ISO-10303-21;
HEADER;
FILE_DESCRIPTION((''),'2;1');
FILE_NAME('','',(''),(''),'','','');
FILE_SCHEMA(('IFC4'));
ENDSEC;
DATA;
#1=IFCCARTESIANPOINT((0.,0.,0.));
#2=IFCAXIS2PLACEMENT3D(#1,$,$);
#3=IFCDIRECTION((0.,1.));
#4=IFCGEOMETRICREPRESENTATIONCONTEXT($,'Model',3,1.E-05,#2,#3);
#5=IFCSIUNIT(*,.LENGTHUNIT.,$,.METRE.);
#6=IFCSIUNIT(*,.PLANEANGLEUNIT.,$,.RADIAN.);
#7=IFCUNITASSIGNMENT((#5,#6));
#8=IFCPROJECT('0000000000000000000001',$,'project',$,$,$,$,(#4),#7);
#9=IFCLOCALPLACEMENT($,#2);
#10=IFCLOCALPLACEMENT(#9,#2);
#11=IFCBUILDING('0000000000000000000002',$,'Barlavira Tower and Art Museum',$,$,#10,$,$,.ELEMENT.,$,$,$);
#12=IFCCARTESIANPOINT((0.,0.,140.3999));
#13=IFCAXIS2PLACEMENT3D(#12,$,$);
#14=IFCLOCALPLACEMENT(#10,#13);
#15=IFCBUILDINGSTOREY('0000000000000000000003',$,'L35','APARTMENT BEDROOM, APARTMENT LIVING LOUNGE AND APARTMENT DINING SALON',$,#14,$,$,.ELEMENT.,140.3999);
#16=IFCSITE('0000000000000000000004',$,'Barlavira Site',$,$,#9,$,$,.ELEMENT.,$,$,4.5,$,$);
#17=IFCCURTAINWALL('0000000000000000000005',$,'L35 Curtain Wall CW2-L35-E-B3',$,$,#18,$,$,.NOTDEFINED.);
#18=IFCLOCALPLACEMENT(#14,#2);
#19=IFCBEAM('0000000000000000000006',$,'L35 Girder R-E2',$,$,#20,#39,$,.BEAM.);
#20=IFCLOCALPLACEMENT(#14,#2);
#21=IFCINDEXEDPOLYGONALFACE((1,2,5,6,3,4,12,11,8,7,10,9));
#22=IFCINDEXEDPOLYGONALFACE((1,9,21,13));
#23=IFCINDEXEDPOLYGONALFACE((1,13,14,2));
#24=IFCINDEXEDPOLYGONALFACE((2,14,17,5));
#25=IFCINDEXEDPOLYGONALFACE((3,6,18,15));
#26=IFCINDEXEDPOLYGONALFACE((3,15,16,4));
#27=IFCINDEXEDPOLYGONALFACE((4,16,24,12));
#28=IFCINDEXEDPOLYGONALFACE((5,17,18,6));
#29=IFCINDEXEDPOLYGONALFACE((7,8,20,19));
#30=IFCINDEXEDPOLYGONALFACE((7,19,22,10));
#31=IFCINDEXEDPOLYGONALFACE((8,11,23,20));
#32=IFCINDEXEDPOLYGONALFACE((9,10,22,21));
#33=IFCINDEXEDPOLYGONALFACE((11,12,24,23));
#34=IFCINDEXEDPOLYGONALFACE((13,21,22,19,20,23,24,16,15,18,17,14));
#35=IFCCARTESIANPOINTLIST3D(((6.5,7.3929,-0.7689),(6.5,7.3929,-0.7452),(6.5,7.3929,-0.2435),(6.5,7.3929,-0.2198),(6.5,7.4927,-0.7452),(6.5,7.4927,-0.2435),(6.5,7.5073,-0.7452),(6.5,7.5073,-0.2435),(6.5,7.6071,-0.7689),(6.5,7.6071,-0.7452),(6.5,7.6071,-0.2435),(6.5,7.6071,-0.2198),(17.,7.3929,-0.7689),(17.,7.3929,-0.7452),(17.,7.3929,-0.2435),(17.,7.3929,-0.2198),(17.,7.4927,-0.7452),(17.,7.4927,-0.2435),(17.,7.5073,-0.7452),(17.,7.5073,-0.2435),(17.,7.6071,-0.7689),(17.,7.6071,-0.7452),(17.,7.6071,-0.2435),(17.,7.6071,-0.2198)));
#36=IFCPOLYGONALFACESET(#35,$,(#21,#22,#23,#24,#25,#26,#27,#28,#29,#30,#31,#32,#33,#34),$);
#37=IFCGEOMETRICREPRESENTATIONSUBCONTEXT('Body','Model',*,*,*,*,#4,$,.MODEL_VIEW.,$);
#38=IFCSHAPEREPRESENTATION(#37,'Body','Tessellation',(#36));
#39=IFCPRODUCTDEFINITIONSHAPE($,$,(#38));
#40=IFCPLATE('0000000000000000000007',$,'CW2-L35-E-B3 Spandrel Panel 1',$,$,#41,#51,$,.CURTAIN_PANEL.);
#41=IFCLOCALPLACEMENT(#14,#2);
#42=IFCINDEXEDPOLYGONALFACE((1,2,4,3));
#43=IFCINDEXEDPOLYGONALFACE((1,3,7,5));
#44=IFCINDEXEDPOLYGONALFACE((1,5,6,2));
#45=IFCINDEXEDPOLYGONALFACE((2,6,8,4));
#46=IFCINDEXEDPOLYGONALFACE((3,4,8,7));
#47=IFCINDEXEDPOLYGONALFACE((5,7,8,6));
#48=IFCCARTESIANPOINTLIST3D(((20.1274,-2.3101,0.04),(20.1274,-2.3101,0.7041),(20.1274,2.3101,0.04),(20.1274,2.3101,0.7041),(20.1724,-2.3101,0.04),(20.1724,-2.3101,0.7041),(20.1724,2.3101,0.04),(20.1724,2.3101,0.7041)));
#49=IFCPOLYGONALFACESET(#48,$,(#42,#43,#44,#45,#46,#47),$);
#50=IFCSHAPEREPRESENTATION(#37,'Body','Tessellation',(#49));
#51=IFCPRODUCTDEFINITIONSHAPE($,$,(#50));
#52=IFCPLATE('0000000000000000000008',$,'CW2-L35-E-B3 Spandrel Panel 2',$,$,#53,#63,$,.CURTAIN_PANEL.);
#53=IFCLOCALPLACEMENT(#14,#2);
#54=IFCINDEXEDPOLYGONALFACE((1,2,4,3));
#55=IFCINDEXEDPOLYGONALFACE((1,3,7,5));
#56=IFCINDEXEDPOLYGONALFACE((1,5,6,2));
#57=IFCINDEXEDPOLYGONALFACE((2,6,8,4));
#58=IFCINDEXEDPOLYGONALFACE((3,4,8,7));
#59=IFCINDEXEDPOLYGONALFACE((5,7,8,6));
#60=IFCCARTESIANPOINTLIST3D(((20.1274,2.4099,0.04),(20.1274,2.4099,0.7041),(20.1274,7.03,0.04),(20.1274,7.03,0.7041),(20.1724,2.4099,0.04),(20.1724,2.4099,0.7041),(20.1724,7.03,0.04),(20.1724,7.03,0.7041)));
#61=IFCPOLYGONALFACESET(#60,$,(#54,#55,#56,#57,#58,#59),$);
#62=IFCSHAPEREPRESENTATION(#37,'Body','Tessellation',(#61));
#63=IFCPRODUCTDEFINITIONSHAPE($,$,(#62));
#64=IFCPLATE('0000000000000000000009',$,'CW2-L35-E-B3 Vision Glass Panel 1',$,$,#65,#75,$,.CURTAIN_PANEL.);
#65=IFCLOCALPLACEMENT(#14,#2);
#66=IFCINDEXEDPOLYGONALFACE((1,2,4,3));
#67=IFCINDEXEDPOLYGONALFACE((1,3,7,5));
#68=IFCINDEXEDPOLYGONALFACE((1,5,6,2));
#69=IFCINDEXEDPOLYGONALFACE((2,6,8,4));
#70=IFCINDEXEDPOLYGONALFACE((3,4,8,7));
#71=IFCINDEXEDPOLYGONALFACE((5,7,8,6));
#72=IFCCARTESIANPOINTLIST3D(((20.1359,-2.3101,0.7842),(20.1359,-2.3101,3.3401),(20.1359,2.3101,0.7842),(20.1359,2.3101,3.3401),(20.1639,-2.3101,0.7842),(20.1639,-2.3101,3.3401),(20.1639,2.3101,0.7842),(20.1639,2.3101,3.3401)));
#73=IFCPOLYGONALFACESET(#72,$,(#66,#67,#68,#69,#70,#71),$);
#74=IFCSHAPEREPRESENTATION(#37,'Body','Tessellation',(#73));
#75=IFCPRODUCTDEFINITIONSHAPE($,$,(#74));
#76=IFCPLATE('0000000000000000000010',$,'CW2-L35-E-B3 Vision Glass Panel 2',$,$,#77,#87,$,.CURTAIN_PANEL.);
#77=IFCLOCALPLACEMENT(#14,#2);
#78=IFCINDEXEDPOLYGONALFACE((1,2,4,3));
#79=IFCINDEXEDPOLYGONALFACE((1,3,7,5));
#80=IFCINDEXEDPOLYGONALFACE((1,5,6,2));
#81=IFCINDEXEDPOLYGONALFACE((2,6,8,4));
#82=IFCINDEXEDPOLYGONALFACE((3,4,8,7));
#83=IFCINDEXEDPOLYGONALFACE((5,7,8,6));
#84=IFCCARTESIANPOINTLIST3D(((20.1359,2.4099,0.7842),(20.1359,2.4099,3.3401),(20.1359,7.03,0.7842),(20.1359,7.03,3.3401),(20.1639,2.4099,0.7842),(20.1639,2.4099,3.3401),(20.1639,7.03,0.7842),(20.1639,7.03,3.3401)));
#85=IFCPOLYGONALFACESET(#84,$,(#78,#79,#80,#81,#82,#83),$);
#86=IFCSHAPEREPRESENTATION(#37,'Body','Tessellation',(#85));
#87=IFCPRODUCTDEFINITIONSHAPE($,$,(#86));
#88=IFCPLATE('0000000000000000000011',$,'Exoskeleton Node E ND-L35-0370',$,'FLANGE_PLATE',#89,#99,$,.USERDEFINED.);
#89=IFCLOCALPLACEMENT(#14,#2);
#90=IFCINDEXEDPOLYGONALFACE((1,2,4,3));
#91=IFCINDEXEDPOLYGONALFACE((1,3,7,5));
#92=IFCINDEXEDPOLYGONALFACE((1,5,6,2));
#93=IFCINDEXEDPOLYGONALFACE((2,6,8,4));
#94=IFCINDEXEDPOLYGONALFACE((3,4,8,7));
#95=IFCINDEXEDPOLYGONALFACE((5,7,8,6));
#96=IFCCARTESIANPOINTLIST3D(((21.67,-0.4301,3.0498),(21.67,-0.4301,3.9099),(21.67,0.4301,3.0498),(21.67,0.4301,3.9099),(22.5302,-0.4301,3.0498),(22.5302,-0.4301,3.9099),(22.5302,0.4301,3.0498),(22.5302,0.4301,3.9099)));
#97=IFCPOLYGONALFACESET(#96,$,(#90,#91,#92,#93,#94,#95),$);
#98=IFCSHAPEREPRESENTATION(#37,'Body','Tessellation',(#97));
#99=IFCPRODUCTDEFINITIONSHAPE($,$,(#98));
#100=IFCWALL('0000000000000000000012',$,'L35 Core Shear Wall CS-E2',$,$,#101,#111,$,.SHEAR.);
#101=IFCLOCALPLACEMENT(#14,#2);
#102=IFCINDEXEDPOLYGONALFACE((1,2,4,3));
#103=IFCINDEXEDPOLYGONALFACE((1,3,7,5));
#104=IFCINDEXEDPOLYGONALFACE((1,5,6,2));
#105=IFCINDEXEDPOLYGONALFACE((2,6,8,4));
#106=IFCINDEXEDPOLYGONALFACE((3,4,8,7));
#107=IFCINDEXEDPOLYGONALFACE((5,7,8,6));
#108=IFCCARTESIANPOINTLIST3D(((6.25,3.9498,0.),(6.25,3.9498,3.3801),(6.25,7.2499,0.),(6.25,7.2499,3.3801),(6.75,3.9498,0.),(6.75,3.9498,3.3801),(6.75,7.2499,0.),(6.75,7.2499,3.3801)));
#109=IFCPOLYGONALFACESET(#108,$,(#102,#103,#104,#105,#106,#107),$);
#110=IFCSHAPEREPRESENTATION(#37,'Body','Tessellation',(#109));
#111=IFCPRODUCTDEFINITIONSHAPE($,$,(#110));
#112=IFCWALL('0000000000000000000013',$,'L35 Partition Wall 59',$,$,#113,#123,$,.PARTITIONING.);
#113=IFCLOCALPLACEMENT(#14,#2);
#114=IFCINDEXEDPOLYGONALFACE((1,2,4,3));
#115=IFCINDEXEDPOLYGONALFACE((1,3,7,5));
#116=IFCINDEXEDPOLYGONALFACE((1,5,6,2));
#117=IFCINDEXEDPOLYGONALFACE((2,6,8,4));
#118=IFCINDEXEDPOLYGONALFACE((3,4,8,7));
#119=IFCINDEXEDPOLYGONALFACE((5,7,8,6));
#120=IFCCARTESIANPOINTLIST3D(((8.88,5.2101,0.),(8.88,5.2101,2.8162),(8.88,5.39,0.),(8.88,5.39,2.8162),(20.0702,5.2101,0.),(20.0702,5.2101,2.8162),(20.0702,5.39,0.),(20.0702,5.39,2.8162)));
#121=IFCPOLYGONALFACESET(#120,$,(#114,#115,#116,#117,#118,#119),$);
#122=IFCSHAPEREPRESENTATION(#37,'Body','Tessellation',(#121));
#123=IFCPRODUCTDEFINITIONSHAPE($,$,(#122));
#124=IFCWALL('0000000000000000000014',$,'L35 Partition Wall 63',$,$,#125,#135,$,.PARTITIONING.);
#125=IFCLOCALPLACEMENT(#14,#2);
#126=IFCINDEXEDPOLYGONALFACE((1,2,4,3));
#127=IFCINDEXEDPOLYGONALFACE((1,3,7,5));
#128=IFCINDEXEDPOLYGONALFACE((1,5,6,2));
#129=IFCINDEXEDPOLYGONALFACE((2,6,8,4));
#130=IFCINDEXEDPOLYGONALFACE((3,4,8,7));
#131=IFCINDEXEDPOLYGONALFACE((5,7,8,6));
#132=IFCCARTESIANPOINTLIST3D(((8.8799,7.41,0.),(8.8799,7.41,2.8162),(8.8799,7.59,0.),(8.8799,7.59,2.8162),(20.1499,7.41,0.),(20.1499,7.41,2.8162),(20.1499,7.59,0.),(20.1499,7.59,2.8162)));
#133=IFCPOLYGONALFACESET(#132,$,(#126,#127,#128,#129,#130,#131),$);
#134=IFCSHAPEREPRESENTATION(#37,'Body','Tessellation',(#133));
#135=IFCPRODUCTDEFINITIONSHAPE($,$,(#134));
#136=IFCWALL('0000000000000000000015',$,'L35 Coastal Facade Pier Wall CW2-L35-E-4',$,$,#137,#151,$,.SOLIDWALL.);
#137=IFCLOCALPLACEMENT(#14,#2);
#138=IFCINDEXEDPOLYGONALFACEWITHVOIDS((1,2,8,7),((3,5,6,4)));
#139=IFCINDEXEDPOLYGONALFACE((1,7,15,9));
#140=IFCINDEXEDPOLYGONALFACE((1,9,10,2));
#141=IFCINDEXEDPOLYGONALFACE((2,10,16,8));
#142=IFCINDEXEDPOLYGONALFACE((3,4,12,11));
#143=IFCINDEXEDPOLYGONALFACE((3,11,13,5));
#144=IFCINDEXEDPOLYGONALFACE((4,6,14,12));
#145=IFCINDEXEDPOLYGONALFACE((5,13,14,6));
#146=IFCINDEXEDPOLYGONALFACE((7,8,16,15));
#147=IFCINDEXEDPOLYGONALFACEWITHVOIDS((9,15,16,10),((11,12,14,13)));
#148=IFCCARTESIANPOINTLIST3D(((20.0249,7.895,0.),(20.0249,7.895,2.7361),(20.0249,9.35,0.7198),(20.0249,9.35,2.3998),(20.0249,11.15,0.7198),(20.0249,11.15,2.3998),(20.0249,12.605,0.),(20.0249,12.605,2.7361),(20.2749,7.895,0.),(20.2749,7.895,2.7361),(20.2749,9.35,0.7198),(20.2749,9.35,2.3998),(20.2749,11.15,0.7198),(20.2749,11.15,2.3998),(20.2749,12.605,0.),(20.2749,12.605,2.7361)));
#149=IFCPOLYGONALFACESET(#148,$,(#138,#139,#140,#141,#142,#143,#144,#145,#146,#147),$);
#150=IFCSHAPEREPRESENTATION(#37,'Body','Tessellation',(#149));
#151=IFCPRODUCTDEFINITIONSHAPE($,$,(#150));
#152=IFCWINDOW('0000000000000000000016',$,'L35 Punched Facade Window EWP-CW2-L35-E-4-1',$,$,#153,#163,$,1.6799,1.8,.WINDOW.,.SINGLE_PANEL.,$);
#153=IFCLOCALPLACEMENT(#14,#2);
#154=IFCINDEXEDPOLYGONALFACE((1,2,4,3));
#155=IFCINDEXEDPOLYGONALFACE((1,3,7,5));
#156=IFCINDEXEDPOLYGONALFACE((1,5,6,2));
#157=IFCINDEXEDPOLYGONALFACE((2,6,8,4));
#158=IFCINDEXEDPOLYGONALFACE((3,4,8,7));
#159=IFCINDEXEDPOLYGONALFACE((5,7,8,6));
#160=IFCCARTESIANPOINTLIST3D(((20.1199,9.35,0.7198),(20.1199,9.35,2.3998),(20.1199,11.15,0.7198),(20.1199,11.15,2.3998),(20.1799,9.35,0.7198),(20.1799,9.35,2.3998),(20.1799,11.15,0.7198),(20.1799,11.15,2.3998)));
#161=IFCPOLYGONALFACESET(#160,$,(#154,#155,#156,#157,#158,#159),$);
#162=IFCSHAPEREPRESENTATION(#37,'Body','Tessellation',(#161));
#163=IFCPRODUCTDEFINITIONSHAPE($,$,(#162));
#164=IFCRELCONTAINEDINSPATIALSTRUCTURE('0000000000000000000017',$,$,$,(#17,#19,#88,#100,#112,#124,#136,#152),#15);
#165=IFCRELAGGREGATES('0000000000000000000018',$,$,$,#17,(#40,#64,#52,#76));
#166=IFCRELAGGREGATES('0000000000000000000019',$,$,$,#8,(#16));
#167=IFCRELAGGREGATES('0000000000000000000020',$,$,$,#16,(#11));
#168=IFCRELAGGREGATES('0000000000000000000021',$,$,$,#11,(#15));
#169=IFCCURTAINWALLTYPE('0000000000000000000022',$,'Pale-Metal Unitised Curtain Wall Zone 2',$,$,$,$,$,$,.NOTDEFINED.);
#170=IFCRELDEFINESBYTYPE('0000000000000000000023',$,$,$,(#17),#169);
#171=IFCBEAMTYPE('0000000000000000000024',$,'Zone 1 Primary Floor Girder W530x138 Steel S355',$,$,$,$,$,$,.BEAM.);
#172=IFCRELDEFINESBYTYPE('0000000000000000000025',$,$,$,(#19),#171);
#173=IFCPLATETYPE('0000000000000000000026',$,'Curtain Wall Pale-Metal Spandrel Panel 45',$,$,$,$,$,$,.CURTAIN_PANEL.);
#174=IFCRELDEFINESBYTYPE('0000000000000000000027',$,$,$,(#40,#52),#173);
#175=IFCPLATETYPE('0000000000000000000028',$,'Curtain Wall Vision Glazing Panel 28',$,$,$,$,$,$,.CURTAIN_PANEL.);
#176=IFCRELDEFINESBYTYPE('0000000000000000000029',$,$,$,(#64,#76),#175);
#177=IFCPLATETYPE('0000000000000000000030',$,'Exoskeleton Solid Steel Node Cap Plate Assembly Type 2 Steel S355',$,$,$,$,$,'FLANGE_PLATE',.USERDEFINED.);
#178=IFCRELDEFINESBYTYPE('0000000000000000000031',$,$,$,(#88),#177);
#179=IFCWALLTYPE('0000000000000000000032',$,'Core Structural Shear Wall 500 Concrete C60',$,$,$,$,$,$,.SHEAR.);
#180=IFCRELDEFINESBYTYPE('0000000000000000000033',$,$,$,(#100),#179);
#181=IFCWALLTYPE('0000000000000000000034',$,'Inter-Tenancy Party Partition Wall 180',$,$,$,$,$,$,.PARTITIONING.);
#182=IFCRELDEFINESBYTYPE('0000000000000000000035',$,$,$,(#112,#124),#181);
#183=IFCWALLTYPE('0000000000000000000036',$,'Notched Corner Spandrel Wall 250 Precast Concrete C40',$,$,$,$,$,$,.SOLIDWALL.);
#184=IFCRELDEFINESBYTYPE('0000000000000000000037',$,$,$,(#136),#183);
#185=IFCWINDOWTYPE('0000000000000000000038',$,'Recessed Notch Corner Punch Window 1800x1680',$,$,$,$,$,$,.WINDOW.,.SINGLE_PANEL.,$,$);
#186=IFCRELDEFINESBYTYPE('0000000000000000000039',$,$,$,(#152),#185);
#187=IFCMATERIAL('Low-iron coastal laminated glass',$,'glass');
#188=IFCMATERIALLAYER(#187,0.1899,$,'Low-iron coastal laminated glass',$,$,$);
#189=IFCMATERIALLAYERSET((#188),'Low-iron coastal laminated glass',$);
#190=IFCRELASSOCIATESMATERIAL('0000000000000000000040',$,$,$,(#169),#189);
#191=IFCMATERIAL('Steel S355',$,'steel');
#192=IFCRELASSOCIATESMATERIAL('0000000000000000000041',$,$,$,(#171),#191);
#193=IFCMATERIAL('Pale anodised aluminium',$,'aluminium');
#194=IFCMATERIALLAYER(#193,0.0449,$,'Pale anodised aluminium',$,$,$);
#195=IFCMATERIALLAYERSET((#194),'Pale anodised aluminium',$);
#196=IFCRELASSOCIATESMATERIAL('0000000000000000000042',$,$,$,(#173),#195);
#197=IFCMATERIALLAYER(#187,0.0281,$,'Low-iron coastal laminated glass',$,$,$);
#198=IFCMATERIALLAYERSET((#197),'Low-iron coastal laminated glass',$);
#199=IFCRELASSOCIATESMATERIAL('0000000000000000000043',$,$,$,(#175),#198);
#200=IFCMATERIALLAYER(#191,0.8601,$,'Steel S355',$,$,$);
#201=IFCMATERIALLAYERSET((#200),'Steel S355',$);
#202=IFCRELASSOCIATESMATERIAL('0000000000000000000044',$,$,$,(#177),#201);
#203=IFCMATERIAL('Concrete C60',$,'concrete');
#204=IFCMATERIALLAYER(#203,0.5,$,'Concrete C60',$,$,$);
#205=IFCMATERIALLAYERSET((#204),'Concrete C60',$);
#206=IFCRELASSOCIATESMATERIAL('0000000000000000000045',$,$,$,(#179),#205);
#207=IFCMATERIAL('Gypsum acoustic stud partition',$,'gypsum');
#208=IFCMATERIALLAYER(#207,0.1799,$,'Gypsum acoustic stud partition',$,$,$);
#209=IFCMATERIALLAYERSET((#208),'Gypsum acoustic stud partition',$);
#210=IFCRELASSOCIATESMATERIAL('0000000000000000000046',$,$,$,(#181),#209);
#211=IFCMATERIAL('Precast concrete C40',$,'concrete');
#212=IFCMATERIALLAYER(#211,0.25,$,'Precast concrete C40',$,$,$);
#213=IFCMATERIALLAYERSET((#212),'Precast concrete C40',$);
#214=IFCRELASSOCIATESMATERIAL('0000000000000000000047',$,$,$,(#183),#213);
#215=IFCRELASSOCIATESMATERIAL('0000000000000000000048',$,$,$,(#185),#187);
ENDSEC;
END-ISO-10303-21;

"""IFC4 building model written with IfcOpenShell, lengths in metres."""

from ifc_helpers import new_model, si_unit, direction, frame, frame_2d, origin, origin_2d, place, context, subcontext, project, spatial, rectangle, i_section, extrude, material, layer, layer_set, material_profile, profile_set, type_object, element, fill, aggregate, save


model = new_model("IFC4")

# Units and contexts
model_context = context("Model", 3, precision=1e-05, world=origin(), true_north=direction((0.0, 1.0)))
body_context = subcontext(model_context, "Body", "Model", "MODEL_VIEW")
ifc_project = project(units=[si_unit("LENGTHUNIT", "METRE"), si_unit("PLANEANGLEUNIT", "RADIAN")], contexts=[model_context])

# Site, building, storey
site_placement = place(None, origin())
site = spatial("IfcSite", under=ifc_project, at=site_placement, Name="Barlavira Site", CompositionType="ELEMENT", RefElevation=4.5)
building_placement = place(site_placement, origin())
building = spatial("IfcBuilding", under=site, at=building_placement, Name="Barlavira Tower and Art Museum", CompositionType="ELEMENT")
storey_placement = place(building_placement, frame((0.0, 0.0, 140.3999)))
storey = spatial("IfcBuildingStorey", under=building, at=storey_placement, Name="L35", Description="APARTMENT BEDROOM, APARTMENT LIVING LOUNGE AND APARTMENT DINING SALON", CompositionType="ELEMENT", Elevation=140.3999)

# Shared definitions
ifc_material_1 = material(Name="Steel S355", Category="steel")
ifc_material_2 = material(Name="Concrete C60", Category="concrete")

# Curtain wall
ifc_material_3 = material(Name="Low-iron coastal laminated glass", Category="glass")
ifc_layer_1 = layer(ifc_material_3, 0.1899, Name="Low-iron coastal laminated glass")
ifc_layer_set_1 = layer_set([ifc_layer_1], Name="Low-iron coastal laminated glass")
curtain_wall_type = type_object("IfcCurtainWallType", Name="Pale-Metal Unitised Curtain Wall Zone 2", PredefinedType="NOTDEFINED", material=ifc_layer_set_1)
curtain_wall_placement = place(storey_placement, origin())
curtain_wall = element("IfcCurtainWall", 1, at=curtain_wall_placement, inside=storey, type_object=curtain_wall_type, Name="L35 Curtain Wall CW2-L35-E-B3", PredefinedType="NOTDEFINED")
ifc_material_4 = material(Name="Pale anodised aluminium", Category="aluminium")

# Beam
ifc_material_profile_1 = material_profile(ifc_material_1, i_section(OverallWidth=0.2141, OverallDepth=0.5491, WebThickness=0.0146, FlangeThickness=0.0237, at=origin_2d()), Name="W530x138.0")
ifc_profile_set_1 = profile_set([ifc_material_profile_1], Name="Steel S355")
beam_type_1 = type_object("IfcBeamType", Name="Zone 1 Primary Floor Girder W530x138 Steel S355", PredefinedType="BEAM", material=ifc_profile_set_1)
beam_1_placement = place(storey_placement, frame((6.5, 7.5, -0.4944), z_axis=(1.0, 0.0, 0.0), x_axis=(0.0, 1.0, 0.0)))
element("IfcBeam", 2, at=beam_1_placement, inside=storey, type_object=beam_type_1, Name="L35 Girder R-E2", PredefinedType="BEAM", context=body_context, shape_type="SweptSolid", body=[
    extrude(i_section(OverallWidth=0.2141, OverallDepth=0.5491, WebThickness=0.0146, FlangeThickness=0.0237, at=origin_2d()), origin(), (0.0, 0.0, 1.0), 10.5),
])

# Plates
ifc_layer_2 = layer(ifc_material_4, 0.0449, Name="Pale anodised aluminium")
ifc_layer_set_2 = layer_set([ifc_layer_2], Name="Pale anodised aluminium")
plate_type_1 = type_object("IfcPlateType", Name="Curtain Wall Pale-Metal Spandrel Panel 45", PredefinedType="CURTAIN_PANEL", material=ifc_layer_set_2)
plate_1_placement = place(storey_placement, frame((20.1499, 0.0, 0.04), z_axis=(0.0, 0.0, 1.0), x_axis=(0.0, 1.0, 0.0)))
plate_1 = element("IfcPlate", 3, at=plate_1_placement, type_object=plate_type_1, Name="CW2-L35-E-B3 Spandrel Panel 1", PredefinedType="CURTAIN_PANEL", context=body_context, shape_type="SweptSolid", body=[
    extrude(rectangle(XDim=4.6201, YDim=0.0449, at=origin_2d()), origin(), (0.0, 0.0, 1.0), 0.6641),
])
plate_2_placement = place(storey_placement, frame((20.1499, 4.72, 0.04), z_axis=(0.0, 0.0, 1.0), x_axis=(0.0, 1.0, 0.0)))
plate_2 = element("IfcPlate", 4, at=plate_2_placement, type_object=plate_type_1, Name="CW2-L35-E-B3 Spandrel Panel 2", PredefinedType="CURTAIN_PANEL", context=body_context, shape_type="SweptSolid", body=[
    extrude(rectangle(XDim=4.6201, YDim=0.0449, at=origin_2d()), origin(), (0.0, 0.0, 1.0), 0.6641),
])
ifc_layer_3 = layer(ifc_material_3, 0.0281, Name="Low-iron coastal laminated glass")
ifc_layer_set_3 = layer_set([ifc_layer_3], Name="Low-iron coastal laminated glass")
plate_type_2 = type_object("IfcPlateType", Name="Curtain Wall Vision Glazing Panel 28", PredefinedType="CURTAIN_PANEL", material=ifc_layer_set_3)
plate_3_placement = place(storey_placement, frame((20.1499, 0.0, 0.7842), z_axis=(0.0, 0.0, 1.0), x_axis=(0.0, 1.0, 0.0)))
plate_3 = element("IfcPlate", 5, at=plate_3_placement, type_object=plate_type_2, Name="CW2-L35-E-B3 Vision Glass Panel 1", PredefinedType="CURTAIN_PANEL", context=body_context, shape_type="SweptSolid", body=[
    extrude(rectangle(XDim=4.6201, YDim=0.0281, at=origin_2d()), origin(), (0.0, 0.0, 1.0), 2.5559),
])
plate_4_placement = place(storey_placement, frame((20.1499, 4.72, 0.7842), z_axis=(0.0, 0.0, 1.0), x_axis=(0.0, 1.0, 0.0)))
plate_4 = element("IfcPlate", 6, at=plate_4_placement, type_object=plate_type_2, Name="CW2-L35-E-B3 Vision Glass Panel 2", PredefinedType="CURTAIN_PANEL", context=body_context, shape_type="SweptSolid", body=[
    extrude(rectangle(XDim=4.6201, YDim=0.0281, at=origin_2d()), origin(), (0.0, 0.0, 1.0), 2.5559),
])
aggregate(curtain_wall, [plate_1, plate_3, plate_2, plate_4])
ifc_layer_4 = layer(ifc_material_1, 0.8601, Name="Steel S355")
ifc_layer_set_4 = layer_set([ifc_layer_4], Name="Steel S355")
plate_type_3 = type_object("IfcPlateType", Name="Exoskeleton Solid Steel Node Cap Plate Assembly Type 2 Steel S355", ElementType="FLANGE_PLATE", PredefinedType="USERDEFINED", material=ifc_layer_set_4)
plate_5_placement = place(storey_placement, frame((22.1001, 0.0, 3.0498), z_axis=(0.0, 0.0, 1.0), x_axis=(1.0, 0.0, 0.0)))
element("IfcPlate", 7, at=plate_5_placement, inside=storey, type_object=plate_type_3, Name="Exoskeleton Node E ND-L35-0370", ObjectType="FLANGE_PLATE", PredefinedType="USERDEFINED", context=body_context, shape_type="SweptSolid", body=[
    extrude(rectangle(XDim=0.8601, YDim=0.8601, at=origin_2d()), origin(), (0.0, 0.0, 1.0), 0.8601),
])

# Walls
ifc_layer_5 = layer(ifc_material_2, 0.5, Name="Concrete C60")
ifc_layer_set_5 = layer_set([ifc_layer_5], Name="Concrete C60")
wall_type_1 = type_object("IfcWallType", Name="Core Structural Shear Wall 500 Concrete C60", PredefinedType="SHEAR", material=ifc_layer_set_5)
wall_1_placement = place(storey_placement, frame((6.5, 3.95, 0.0), z_axis=(0.0, 0.0, 1.0), x_axis=(0.0, 1.0, 0.0)))
element("IfcWall", 8, at=wall_1_placement, inside=storey, type_object=wall_type_1, Name="L35 Core Shear Wall CS-E2", PredefinedType="SHEAR", context=body_context, shape_type="SweptSolid", body=[
    extrude(rectangle(XDim=3.3, YDim=0.5, at=frame_2d((1.6499, 0.0))), origin(), (0.0, 0.0, 1.0), 3.3801),
])
ifc_material_5 = material(Name="Gypsum acoustic stud partition", Category="gypsum")
ifc_layer_6 = layer(ifc_material_5, 0.1799, Name="Gypsum acoustic stud partition")
ifc_layer_set_6 = layer_set([ifc_layer_6], Name="Gypsum acoustic stud partition")
wall_type_2 = type_object("IfcWallType", Name="Inter-Tenancy Party Partition Wall 180", PredefinedType="PARTITIONING", material=ifc_layer_set_6)
wall_2_placement = place(storey_placement, frame((8.8799, 5.3, 0.0), z_axis=(0.0, 0.0, 1.0), x_axis=(1.0, 0.0, 0.0)))
element("IfcWall", 9, at=wall_2_placement, inside=storey, type_object=wall_type_2, Name="L35 Partition Wall 59", PredefinedType="PARTITIONING", context=body_context, shape_type="SweptSolid", body=[
    extrude(rectangle(XDim=11.1902, YDim=0.1799, at=frame_2d((5.5952, 0.0))), origin(), (0.0, 0.0, 1.0), 2.8162),
])
wall_3_placement = place(storey_placement, frame((8.8799, 7.5, 0.0), z_axis=(0.0, 0.0, 1.0), x_axis=(1.0, 0.0, 0.0)))
element("IfcWall", 10, at=wall_3_placement, inside=storey, type_object=wall_type_2, Name="L35 Partition Wall 63", PredefinedType="PARTITIONING", context=body_context, shape_type="SweptSolid", body=[
    extrude(rectangle(XDim=11.27, YDim=0.1799, at=frame_2d((5.635, 0.0))), origin(), (0.0, 0.0, 1.0), 2.8162),
])

# Wall, opening, window
ifc_material_6 = material(Name="Precast concrete C40", Category="concrete")
ifc_layer_7 = layer(ifc_material_6, 0.25, Name="Precast concrete C40")
ifc_layer_set_7 = layer_set([ifc_layer_7], Name="Precast concrete C40")
wall_type_3 = type_object("IfcWallType", Name="Notched Corner Spandrel Wall 250 Precast Concrete C40", PredefinedType="SOLIDWALL", material=ifc_layer_set_7)
wall_4_placement = place(storey_placement, frame((20.1499, 7.895, 0.0), z_axis=(0.0, 0.0, 1.0), x_axis=(0.0, 1.0, 0.0)))
wall_4 = element("IfcWall", 11, at=wall_4_placement, inside=storey, type_object=wall_type_3, Name="L35 Coastal Facade Pier Wall CW2-L35-E-4", PredefinedType="SOLIDWALL", context=body_context, shape_type="SweptSolid", body=[
    extrude(rectangle(XDim=4.71, YDim=0.25, at=frame_2d((2.355, 0.0))), origin(), (0.0, 0.0, 1.0), 2.7361),
])
opening_placement = place(wall_4_placement, frame((1.4551, 0.0, 0.72)))
opening = element("IfcOpeningElement", 12, at=opening_placement, cuts=wall_4, PredefinedType="OPENING", context=body_context, shape_type="SweptSolid", body=[
    extrude(rectangle(XDim=1.8, YDim=1.6799, at=frame_2d((0.8999, 0.8398))), frame((0.0, 0.135, 0.0), z_axis=(0.0, -1.0, 0.0), x_axis=(1.0, 0.0, 0.0)), (0.0, 0.0, 1.0), 0.27),
])
window_type = type_object("IfcWindowType", Name="Recessed Notch Corner Punch Window 1800x1680", PartitioningType="SINGLE_PANEL", PredefinedType="WINDOW", material=ifc_material_3)
window_placement = place(opening_placement, origin())
window = element("IfcWindow", 13, at=window_placement, inside=storey, type_object=window_type, Name="L35 Punched Facade Window EWP-CW2-L35-E-4-1", OverallHeight=1.6799, OverallWidth=1.8, PartitioningType="SINGLE_PANEL", PredefinedType="WINDOW", context=body_context, shape_type="SweptSolid", body=[
    extrude(rectangle(XDim=1.8, YDim=1.6799, at=frame_2d((0.8999, 0.8398))), frame((0.0, 0.03, 0.0), z_axis=(0.0, -1.0, 0.0), x_axis=(1.0, 0.0, 0.0)), (0.0, 0.0, 1.0), 0.0601),
])
fill(opening, window)

save(model, "model.ifc")
